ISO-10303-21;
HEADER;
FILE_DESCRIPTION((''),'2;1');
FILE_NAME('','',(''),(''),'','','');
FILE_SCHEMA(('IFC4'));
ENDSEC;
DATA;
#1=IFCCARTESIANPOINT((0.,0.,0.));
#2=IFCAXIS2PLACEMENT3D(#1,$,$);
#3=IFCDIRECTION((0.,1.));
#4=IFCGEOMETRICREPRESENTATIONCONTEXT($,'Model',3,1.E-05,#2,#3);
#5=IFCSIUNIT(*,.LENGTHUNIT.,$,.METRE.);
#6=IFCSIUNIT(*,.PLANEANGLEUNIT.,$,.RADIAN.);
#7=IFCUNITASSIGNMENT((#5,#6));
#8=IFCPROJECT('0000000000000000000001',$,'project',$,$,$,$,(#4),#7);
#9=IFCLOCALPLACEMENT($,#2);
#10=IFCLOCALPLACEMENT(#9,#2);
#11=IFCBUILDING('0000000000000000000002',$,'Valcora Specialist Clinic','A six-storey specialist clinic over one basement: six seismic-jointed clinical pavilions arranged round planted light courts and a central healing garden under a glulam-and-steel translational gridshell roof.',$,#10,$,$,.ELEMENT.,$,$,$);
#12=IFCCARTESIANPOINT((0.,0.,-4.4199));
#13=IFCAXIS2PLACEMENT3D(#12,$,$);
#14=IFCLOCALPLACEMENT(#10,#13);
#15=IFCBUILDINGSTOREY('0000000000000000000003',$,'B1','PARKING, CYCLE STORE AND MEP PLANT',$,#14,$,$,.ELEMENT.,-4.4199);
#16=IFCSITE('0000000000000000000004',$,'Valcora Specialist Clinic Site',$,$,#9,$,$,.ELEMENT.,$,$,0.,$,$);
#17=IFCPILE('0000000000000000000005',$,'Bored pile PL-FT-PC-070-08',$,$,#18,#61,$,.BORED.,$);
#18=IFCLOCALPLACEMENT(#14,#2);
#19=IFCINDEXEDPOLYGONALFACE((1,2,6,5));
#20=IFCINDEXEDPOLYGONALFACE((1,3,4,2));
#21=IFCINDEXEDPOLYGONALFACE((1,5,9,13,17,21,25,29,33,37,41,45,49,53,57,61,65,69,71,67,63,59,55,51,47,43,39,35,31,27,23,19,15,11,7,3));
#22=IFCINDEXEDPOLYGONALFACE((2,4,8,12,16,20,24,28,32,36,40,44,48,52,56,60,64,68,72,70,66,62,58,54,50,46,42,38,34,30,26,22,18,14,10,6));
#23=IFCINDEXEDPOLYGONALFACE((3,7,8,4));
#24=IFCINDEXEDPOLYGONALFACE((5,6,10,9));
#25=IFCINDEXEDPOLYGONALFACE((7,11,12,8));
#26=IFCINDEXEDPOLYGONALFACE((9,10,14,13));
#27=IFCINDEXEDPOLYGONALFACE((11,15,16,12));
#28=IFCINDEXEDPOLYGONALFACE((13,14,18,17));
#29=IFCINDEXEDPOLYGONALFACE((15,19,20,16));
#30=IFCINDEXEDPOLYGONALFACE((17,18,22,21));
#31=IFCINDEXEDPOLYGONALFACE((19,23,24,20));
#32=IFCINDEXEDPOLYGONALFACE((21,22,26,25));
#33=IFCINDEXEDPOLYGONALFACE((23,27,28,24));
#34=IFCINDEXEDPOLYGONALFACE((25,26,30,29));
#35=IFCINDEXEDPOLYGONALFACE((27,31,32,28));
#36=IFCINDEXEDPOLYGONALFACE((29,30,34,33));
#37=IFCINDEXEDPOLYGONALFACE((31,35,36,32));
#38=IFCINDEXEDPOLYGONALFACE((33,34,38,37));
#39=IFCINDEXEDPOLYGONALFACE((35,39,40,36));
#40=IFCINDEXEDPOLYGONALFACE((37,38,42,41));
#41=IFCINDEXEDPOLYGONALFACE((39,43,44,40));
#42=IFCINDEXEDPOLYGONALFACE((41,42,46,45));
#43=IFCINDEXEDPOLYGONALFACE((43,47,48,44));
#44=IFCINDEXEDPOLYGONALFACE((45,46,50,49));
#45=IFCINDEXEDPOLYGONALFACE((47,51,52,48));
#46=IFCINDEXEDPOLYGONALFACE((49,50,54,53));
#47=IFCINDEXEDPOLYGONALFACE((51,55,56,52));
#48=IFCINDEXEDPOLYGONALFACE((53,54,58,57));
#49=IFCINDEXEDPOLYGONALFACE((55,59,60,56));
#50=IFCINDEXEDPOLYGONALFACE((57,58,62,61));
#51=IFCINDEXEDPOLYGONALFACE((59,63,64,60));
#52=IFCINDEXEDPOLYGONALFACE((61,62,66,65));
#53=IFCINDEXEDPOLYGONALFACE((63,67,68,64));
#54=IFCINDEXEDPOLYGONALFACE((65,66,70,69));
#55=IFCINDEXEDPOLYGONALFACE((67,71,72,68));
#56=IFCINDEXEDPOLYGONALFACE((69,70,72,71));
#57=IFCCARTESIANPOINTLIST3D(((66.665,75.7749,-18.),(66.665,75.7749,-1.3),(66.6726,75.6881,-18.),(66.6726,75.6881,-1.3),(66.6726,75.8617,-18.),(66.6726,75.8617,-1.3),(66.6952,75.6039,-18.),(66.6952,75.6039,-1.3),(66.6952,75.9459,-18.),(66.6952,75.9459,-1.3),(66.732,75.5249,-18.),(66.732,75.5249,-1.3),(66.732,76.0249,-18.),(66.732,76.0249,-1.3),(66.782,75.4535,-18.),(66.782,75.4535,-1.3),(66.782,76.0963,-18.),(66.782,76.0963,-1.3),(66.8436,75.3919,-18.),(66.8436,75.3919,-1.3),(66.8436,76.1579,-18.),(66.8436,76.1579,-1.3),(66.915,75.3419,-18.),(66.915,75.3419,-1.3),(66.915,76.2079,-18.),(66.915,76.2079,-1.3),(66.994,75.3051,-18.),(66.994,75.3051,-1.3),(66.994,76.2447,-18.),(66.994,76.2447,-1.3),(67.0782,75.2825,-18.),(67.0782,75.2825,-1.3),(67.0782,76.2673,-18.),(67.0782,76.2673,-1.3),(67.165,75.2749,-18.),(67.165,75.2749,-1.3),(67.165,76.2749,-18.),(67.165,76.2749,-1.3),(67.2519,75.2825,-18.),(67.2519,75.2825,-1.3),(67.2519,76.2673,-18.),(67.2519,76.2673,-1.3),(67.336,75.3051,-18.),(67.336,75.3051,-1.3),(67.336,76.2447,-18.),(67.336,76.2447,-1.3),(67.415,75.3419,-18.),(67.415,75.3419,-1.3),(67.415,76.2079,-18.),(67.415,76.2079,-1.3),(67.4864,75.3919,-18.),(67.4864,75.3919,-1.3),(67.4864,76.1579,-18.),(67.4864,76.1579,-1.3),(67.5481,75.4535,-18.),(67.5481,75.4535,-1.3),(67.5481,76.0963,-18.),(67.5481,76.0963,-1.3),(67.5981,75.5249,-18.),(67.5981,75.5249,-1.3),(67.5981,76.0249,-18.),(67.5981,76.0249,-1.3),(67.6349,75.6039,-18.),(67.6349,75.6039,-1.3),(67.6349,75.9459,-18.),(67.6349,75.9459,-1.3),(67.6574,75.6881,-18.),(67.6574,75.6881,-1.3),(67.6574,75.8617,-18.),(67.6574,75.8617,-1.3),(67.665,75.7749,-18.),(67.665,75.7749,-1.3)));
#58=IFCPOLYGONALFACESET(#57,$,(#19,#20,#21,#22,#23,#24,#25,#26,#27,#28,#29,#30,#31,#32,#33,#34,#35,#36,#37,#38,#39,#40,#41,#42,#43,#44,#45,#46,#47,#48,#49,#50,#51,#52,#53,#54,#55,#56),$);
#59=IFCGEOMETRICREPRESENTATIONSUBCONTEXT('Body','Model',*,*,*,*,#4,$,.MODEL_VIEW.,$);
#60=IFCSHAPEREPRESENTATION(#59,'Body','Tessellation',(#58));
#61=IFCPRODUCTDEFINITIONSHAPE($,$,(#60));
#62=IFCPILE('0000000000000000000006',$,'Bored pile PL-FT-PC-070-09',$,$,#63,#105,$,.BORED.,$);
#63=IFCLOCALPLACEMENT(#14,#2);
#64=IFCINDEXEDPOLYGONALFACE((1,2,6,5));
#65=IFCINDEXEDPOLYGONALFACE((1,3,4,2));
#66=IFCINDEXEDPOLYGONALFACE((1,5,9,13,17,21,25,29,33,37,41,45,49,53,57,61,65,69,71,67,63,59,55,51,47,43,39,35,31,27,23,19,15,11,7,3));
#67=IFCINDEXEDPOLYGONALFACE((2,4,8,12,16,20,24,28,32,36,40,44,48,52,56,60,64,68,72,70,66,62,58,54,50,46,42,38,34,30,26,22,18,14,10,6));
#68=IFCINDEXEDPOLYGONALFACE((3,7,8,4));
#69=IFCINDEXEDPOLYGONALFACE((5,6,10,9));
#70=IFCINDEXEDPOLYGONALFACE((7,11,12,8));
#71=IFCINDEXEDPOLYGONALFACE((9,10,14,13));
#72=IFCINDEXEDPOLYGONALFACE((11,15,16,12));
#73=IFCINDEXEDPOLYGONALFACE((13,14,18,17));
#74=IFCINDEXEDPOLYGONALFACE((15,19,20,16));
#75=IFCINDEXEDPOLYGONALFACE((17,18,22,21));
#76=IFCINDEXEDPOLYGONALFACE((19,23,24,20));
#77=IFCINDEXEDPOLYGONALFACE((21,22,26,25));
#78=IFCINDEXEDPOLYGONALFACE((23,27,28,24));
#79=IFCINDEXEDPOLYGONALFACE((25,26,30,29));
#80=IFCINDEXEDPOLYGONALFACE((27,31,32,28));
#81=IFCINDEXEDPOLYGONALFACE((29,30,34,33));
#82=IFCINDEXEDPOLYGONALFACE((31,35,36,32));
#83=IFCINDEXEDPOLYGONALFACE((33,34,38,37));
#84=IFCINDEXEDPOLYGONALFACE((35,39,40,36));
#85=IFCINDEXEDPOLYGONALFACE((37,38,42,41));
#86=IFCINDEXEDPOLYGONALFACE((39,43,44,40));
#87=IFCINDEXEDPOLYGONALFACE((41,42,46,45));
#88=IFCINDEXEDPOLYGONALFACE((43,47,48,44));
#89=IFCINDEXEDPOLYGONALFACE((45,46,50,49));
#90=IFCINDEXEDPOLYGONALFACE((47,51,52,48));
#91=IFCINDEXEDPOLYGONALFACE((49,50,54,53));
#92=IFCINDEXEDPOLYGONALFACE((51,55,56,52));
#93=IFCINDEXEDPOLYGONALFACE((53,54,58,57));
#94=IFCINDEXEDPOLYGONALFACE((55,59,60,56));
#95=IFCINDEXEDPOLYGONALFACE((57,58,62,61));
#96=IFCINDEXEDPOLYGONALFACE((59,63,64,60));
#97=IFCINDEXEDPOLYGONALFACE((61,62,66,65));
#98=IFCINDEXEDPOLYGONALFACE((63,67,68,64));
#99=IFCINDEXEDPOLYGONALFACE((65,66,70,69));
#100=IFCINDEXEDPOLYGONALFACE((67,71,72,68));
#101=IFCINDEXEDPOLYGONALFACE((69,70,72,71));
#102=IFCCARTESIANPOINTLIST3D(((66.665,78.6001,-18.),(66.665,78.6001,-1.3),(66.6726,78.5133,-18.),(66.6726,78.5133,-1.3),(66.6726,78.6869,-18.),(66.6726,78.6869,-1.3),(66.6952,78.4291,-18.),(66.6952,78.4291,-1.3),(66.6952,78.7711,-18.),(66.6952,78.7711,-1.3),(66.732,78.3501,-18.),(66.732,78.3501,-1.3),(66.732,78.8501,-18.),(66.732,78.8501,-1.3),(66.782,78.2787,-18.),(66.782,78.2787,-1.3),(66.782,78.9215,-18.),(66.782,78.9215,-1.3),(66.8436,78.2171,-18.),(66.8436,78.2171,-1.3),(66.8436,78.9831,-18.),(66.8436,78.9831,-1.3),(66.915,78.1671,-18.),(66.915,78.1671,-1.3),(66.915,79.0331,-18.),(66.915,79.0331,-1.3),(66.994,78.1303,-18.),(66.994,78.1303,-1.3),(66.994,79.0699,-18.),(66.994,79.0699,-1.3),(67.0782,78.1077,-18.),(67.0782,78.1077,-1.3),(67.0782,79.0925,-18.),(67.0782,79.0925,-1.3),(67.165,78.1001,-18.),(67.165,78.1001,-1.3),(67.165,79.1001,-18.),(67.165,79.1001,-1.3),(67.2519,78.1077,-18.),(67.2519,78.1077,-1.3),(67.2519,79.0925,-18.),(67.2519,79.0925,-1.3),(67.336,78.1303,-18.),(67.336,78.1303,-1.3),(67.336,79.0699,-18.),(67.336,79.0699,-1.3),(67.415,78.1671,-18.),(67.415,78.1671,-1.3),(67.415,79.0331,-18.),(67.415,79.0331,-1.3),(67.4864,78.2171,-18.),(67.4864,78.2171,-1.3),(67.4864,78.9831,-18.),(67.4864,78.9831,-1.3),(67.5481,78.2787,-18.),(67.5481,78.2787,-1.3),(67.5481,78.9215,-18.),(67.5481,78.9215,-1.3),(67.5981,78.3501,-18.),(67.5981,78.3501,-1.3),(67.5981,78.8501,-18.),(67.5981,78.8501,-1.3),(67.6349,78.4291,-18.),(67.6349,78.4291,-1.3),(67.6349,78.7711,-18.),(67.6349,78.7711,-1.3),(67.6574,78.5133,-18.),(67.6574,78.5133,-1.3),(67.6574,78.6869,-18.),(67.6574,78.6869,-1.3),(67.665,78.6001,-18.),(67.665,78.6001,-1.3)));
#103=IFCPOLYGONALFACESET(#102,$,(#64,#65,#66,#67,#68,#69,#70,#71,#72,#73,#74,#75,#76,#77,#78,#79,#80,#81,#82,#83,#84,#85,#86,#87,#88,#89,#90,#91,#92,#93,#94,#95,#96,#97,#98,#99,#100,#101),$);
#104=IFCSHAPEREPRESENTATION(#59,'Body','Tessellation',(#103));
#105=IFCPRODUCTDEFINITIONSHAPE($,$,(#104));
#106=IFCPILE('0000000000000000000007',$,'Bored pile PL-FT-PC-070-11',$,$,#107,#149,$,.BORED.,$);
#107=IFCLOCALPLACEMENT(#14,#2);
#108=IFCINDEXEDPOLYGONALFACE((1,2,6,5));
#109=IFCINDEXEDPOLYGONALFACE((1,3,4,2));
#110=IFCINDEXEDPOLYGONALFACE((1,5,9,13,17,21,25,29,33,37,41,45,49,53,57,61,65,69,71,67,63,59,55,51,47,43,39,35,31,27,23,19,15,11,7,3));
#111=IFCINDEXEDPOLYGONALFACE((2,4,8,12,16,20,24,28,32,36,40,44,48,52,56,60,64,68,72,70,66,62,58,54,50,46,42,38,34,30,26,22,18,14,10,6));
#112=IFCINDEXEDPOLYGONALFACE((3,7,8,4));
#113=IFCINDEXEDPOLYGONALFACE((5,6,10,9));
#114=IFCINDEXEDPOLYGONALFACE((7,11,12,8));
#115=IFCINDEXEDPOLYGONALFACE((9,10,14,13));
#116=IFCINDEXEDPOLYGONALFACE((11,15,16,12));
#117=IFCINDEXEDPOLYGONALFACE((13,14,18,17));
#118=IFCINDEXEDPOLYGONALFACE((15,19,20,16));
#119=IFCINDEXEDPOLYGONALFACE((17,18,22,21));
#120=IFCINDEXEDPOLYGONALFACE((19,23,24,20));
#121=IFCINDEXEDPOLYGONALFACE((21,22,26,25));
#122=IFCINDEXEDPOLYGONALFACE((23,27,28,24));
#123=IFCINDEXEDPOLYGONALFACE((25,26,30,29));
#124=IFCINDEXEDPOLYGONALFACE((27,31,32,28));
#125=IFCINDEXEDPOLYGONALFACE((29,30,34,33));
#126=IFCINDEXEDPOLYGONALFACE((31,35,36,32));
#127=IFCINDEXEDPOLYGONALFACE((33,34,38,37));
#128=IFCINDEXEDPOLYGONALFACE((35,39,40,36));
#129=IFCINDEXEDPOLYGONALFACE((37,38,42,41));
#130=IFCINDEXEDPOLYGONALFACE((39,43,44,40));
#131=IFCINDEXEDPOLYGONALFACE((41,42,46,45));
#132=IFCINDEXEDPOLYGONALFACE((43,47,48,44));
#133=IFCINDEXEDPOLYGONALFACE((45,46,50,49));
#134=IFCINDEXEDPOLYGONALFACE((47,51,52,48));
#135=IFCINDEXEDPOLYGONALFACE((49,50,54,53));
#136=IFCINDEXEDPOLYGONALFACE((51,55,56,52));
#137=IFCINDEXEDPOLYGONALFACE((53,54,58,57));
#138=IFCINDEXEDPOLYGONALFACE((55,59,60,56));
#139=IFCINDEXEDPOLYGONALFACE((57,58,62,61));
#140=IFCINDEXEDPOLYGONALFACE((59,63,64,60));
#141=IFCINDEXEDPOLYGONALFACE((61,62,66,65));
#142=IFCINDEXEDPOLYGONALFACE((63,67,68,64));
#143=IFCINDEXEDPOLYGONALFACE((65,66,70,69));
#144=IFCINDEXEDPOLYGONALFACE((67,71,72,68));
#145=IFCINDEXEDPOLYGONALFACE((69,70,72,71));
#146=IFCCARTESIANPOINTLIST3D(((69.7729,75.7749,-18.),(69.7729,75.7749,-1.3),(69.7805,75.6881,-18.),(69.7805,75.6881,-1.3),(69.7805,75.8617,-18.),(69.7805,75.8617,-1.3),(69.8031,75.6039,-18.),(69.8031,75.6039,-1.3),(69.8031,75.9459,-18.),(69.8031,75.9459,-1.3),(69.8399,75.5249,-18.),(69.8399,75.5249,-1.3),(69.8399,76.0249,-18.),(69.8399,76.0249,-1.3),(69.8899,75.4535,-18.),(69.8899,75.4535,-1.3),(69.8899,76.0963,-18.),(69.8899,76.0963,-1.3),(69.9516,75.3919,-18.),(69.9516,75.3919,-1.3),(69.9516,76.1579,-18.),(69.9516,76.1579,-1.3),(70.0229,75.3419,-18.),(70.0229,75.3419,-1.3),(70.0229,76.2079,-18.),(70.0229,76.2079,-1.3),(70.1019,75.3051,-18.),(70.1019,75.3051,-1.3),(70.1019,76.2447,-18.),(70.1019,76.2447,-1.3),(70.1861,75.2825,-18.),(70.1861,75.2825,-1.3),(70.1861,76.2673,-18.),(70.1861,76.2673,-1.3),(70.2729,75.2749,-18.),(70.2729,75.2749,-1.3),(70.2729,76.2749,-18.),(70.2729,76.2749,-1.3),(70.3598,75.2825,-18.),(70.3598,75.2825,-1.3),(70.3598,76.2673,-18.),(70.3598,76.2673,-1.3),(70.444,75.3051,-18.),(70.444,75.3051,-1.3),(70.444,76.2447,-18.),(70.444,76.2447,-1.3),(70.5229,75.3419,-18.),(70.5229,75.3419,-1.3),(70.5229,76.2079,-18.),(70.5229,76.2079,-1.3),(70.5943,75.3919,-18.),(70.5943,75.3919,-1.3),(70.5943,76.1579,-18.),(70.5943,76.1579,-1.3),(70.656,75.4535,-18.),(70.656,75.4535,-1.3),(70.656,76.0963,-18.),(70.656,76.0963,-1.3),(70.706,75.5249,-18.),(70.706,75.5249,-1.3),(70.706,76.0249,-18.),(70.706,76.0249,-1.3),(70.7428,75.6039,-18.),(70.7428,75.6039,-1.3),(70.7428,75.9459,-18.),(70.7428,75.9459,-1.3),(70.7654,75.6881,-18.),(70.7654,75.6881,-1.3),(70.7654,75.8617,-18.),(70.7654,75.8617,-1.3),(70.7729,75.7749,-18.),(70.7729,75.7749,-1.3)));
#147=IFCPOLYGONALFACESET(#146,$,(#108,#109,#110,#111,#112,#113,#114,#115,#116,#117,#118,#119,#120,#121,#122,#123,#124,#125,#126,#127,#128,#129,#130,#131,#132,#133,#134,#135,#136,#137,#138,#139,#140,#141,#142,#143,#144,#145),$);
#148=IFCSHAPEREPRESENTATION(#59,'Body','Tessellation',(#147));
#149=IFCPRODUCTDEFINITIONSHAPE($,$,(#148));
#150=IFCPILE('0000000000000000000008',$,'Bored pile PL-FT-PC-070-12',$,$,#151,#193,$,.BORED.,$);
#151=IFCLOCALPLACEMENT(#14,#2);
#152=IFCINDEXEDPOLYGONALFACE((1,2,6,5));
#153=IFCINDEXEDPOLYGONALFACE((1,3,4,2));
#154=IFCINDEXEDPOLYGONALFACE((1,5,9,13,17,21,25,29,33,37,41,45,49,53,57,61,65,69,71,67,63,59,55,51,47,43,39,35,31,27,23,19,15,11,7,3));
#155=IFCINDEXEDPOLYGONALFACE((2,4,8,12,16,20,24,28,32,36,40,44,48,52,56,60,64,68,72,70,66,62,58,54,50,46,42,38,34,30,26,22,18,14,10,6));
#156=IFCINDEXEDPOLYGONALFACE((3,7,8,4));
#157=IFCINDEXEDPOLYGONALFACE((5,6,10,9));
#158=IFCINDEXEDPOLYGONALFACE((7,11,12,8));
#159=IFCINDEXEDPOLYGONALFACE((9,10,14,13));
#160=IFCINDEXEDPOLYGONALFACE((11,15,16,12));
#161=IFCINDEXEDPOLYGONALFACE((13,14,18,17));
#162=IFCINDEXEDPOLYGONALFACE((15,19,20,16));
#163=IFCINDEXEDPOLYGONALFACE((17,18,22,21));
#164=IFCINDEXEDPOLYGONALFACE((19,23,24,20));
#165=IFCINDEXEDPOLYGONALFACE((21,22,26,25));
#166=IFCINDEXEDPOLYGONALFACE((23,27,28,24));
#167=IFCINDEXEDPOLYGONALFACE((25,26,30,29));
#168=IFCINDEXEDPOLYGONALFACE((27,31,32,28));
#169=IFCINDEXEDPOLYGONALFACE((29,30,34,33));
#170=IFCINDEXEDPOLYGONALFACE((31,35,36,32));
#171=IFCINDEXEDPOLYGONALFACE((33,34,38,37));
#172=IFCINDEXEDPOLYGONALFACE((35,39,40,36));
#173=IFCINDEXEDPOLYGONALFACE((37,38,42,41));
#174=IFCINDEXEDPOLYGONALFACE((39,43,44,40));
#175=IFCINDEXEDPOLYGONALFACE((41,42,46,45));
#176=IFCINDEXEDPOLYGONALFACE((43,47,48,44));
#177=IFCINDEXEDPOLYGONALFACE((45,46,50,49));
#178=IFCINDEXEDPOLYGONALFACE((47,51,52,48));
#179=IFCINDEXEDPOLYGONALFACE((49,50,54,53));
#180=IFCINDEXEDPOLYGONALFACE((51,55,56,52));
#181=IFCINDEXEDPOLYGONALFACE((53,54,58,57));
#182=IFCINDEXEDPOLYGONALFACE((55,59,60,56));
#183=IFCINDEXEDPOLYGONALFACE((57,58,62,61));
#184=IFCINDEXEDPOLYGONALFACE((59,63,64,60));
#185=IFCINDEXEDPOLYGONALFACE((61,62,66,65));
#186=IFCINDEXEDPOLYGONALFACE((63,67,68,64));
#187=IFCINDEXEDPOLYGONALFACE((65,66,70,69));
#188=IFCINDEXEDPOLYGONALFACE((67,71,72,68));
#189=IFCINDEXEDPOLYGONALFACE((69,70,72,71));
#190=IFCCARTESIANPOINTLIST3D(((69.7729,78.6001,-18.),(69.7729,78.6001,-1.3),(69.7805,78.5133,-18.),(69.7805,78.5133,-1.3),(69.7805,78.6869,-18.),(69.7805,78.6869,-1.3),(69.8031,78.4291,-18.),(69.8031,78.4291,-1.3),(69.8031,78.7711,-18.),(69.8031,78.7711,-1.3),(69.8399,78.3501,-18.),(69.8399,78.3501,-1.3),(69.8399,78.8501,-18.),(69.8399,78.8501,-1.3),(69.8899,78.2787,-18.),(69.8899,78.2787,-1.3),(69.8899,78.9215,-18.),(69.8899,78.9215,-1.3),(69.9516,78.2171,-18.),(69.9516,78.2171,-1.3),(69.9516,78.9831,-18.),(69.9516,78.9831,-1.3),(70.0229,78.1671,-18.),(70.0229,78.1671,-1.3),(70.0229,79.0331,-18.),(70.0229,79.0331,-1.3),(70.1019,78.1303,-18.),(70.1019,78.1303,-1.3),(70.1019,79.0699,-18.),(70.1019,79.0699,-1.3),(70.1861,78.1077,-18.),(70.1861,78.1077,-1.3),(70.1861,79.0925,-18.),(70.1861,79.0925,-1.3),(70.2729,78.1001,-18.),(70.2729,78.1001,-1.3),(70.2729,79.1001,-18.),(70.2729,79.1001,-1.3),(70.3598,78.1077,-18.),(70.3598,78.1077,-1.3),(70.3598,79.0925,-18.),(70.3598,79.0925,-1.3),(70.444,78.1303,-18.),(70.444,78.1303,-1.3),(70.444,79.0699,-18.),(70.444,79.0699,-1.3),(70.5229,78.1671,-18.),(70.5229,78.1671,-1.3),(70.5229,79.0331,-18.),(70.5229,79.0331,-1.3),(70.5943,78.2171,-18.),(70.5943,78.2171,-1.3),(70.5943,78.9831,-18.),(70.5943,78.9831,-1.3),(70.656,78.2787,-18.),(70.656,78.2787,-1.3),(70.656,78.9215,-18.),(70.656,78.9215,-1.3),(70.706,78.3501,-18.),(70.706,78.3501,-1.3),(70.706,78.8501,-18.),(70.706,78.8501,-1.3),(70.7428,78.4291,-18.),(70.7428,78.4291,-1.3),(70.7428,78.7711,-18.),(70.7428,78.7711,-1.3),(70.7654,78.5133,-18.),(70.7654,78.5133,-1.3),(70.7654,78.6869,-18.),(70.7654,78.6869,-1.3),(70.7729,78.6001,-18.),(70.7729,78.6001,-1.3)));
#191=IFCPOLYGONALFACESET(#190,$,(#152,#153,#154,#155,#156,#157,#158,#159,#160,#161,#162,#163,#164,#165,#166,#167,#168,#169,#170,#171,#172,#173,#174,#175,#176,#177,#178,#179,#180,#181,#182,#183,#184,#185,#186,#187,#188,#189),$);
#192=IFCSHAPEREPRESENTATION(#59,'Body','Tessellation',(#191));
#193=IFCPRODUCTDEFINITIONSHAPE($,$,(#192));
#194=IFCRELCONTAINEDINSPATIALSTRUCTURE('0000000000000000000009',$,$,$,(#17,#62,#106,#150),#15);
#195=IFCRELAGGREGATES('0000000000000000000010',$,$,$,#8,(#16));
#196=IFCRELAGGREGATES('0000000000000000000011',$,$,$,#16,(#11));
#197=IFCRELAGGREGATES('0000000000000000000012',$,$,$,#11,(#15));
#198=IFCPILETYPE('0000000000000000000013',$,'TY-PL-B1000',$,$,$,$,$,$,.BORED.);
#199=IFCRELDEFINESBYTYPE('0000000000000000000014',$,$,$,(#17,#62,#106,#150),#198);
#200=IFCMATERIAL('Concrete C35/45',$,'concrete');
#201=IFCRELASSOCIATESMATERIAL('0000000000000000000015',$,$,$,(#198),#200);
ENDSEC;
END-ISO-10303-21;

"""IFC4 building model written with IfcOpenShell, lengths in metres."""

from ifc_helpers import new_model, si_unit, direction, frame, origin, origin_2d, place, context, subcontext, project, spatial, circle, extrude, material, material_profile, profile_set, type_object, element, save


model = new_model("IFC4")

# Units and contexts
model_context = context("Model", 3, precision=1e-05, world=origin(), true_north=direction((0.0, 1.0)))
body_context = subcontext(model_context, "Body", "Model", "MODEL_VIEW")
ifc_project = project(units=[si_unit("LENGTHUNIT", "METRE"), si_unit("PLANEANGLEUNIT", "RADIAN")], contexts=[model_context])

# Site, building, storey
site_placement = place(None, origin())
site = spatial("IfcSite", under=ifc_project, at=site_placement, Name="Valcora Specialist Clinic Site", CompositionType="ELEMENT", RefElevation=0.0)
building_placement = place(site_placement, origin())
building = spatial("IfcBuilding", under=site, at=building_placement, Name="Valcora Specialist Clinic", Description="A six-storey specialist clinic over one basement: six seismic-jointed clinical pavilions arranged round planted light courts and a central healing garden under a glulam-and-steel translational gridshell roof.", CompositionType="ELEMENT")
storey_placement = place(building_placement, frame((0.0, 0.0, -4.4199)))
storey = spatial("IfcBuildingStorey", under=building, at=storey_placement, Name="B1", Description="PARKING, CYCLE STORE AND MEP PLANT", CompositionType="ELEMENT", Elevation=-4.4199)

# Shared definitions
ifc_material_1 = material(Name="Concrete C35/45", Category="concrete")

# Piles
ifc_material_profile_1 = material_profile(ifc_material_1, circle(Radius=0.5, at=origin_2d()), Name="RC-PIL-D1000")
ifc_profile_set_1 = profile_set([ifc_material_profile_1], Name="Concrete C35/45")
pile_type_1 = type_object("IfcPileType", Name="TY-PL-B1000", PredefinedType="BORED", material=ifc_profile_set_1)
for number, where, z_axis, x_axis, name in (
    (1, (67.165, 75.7749, -1.3), (0.0, 0.0, -1.0), (1.0, 0.0, 0.0), "Bored pile PL-FT-PC-070-08"),
    (2, (67.165, 78.6001, -1.3), (0.0, 0.0, -1.0), (1.0, 0.0, 0.0), "Bored pile PL-FT-PC-070-09"),
    (3, (70.2729, 75.7749, -1.3), (0.0, 0.0, -1.0), (1.0, 0.0, 0.0), "Bored pile PL-FT-PC-070-11"),
    (4, (70.2729, 78.6001, -1.3), (0.0, 0.0, -1.0), (1.0, 0.0, 0.0), "Bored pile PL-FT-PC-070-12"),
):
    element("IfcPile", number, at=place(storey_placement, frame(where, z_axis=z_axis, x_axis=x_axis)), inside=storey, type_object=pile_type_1, Name=name, PredefinedType="BORED", context=body_context, shape_type="SweptSolid", body=[
        extrude(circle(Radius=0.5, at=origin_2d()), origin(), (0.0, 0.0, 1.0), 16.7),
    ])

save(model, "model.ifc")
